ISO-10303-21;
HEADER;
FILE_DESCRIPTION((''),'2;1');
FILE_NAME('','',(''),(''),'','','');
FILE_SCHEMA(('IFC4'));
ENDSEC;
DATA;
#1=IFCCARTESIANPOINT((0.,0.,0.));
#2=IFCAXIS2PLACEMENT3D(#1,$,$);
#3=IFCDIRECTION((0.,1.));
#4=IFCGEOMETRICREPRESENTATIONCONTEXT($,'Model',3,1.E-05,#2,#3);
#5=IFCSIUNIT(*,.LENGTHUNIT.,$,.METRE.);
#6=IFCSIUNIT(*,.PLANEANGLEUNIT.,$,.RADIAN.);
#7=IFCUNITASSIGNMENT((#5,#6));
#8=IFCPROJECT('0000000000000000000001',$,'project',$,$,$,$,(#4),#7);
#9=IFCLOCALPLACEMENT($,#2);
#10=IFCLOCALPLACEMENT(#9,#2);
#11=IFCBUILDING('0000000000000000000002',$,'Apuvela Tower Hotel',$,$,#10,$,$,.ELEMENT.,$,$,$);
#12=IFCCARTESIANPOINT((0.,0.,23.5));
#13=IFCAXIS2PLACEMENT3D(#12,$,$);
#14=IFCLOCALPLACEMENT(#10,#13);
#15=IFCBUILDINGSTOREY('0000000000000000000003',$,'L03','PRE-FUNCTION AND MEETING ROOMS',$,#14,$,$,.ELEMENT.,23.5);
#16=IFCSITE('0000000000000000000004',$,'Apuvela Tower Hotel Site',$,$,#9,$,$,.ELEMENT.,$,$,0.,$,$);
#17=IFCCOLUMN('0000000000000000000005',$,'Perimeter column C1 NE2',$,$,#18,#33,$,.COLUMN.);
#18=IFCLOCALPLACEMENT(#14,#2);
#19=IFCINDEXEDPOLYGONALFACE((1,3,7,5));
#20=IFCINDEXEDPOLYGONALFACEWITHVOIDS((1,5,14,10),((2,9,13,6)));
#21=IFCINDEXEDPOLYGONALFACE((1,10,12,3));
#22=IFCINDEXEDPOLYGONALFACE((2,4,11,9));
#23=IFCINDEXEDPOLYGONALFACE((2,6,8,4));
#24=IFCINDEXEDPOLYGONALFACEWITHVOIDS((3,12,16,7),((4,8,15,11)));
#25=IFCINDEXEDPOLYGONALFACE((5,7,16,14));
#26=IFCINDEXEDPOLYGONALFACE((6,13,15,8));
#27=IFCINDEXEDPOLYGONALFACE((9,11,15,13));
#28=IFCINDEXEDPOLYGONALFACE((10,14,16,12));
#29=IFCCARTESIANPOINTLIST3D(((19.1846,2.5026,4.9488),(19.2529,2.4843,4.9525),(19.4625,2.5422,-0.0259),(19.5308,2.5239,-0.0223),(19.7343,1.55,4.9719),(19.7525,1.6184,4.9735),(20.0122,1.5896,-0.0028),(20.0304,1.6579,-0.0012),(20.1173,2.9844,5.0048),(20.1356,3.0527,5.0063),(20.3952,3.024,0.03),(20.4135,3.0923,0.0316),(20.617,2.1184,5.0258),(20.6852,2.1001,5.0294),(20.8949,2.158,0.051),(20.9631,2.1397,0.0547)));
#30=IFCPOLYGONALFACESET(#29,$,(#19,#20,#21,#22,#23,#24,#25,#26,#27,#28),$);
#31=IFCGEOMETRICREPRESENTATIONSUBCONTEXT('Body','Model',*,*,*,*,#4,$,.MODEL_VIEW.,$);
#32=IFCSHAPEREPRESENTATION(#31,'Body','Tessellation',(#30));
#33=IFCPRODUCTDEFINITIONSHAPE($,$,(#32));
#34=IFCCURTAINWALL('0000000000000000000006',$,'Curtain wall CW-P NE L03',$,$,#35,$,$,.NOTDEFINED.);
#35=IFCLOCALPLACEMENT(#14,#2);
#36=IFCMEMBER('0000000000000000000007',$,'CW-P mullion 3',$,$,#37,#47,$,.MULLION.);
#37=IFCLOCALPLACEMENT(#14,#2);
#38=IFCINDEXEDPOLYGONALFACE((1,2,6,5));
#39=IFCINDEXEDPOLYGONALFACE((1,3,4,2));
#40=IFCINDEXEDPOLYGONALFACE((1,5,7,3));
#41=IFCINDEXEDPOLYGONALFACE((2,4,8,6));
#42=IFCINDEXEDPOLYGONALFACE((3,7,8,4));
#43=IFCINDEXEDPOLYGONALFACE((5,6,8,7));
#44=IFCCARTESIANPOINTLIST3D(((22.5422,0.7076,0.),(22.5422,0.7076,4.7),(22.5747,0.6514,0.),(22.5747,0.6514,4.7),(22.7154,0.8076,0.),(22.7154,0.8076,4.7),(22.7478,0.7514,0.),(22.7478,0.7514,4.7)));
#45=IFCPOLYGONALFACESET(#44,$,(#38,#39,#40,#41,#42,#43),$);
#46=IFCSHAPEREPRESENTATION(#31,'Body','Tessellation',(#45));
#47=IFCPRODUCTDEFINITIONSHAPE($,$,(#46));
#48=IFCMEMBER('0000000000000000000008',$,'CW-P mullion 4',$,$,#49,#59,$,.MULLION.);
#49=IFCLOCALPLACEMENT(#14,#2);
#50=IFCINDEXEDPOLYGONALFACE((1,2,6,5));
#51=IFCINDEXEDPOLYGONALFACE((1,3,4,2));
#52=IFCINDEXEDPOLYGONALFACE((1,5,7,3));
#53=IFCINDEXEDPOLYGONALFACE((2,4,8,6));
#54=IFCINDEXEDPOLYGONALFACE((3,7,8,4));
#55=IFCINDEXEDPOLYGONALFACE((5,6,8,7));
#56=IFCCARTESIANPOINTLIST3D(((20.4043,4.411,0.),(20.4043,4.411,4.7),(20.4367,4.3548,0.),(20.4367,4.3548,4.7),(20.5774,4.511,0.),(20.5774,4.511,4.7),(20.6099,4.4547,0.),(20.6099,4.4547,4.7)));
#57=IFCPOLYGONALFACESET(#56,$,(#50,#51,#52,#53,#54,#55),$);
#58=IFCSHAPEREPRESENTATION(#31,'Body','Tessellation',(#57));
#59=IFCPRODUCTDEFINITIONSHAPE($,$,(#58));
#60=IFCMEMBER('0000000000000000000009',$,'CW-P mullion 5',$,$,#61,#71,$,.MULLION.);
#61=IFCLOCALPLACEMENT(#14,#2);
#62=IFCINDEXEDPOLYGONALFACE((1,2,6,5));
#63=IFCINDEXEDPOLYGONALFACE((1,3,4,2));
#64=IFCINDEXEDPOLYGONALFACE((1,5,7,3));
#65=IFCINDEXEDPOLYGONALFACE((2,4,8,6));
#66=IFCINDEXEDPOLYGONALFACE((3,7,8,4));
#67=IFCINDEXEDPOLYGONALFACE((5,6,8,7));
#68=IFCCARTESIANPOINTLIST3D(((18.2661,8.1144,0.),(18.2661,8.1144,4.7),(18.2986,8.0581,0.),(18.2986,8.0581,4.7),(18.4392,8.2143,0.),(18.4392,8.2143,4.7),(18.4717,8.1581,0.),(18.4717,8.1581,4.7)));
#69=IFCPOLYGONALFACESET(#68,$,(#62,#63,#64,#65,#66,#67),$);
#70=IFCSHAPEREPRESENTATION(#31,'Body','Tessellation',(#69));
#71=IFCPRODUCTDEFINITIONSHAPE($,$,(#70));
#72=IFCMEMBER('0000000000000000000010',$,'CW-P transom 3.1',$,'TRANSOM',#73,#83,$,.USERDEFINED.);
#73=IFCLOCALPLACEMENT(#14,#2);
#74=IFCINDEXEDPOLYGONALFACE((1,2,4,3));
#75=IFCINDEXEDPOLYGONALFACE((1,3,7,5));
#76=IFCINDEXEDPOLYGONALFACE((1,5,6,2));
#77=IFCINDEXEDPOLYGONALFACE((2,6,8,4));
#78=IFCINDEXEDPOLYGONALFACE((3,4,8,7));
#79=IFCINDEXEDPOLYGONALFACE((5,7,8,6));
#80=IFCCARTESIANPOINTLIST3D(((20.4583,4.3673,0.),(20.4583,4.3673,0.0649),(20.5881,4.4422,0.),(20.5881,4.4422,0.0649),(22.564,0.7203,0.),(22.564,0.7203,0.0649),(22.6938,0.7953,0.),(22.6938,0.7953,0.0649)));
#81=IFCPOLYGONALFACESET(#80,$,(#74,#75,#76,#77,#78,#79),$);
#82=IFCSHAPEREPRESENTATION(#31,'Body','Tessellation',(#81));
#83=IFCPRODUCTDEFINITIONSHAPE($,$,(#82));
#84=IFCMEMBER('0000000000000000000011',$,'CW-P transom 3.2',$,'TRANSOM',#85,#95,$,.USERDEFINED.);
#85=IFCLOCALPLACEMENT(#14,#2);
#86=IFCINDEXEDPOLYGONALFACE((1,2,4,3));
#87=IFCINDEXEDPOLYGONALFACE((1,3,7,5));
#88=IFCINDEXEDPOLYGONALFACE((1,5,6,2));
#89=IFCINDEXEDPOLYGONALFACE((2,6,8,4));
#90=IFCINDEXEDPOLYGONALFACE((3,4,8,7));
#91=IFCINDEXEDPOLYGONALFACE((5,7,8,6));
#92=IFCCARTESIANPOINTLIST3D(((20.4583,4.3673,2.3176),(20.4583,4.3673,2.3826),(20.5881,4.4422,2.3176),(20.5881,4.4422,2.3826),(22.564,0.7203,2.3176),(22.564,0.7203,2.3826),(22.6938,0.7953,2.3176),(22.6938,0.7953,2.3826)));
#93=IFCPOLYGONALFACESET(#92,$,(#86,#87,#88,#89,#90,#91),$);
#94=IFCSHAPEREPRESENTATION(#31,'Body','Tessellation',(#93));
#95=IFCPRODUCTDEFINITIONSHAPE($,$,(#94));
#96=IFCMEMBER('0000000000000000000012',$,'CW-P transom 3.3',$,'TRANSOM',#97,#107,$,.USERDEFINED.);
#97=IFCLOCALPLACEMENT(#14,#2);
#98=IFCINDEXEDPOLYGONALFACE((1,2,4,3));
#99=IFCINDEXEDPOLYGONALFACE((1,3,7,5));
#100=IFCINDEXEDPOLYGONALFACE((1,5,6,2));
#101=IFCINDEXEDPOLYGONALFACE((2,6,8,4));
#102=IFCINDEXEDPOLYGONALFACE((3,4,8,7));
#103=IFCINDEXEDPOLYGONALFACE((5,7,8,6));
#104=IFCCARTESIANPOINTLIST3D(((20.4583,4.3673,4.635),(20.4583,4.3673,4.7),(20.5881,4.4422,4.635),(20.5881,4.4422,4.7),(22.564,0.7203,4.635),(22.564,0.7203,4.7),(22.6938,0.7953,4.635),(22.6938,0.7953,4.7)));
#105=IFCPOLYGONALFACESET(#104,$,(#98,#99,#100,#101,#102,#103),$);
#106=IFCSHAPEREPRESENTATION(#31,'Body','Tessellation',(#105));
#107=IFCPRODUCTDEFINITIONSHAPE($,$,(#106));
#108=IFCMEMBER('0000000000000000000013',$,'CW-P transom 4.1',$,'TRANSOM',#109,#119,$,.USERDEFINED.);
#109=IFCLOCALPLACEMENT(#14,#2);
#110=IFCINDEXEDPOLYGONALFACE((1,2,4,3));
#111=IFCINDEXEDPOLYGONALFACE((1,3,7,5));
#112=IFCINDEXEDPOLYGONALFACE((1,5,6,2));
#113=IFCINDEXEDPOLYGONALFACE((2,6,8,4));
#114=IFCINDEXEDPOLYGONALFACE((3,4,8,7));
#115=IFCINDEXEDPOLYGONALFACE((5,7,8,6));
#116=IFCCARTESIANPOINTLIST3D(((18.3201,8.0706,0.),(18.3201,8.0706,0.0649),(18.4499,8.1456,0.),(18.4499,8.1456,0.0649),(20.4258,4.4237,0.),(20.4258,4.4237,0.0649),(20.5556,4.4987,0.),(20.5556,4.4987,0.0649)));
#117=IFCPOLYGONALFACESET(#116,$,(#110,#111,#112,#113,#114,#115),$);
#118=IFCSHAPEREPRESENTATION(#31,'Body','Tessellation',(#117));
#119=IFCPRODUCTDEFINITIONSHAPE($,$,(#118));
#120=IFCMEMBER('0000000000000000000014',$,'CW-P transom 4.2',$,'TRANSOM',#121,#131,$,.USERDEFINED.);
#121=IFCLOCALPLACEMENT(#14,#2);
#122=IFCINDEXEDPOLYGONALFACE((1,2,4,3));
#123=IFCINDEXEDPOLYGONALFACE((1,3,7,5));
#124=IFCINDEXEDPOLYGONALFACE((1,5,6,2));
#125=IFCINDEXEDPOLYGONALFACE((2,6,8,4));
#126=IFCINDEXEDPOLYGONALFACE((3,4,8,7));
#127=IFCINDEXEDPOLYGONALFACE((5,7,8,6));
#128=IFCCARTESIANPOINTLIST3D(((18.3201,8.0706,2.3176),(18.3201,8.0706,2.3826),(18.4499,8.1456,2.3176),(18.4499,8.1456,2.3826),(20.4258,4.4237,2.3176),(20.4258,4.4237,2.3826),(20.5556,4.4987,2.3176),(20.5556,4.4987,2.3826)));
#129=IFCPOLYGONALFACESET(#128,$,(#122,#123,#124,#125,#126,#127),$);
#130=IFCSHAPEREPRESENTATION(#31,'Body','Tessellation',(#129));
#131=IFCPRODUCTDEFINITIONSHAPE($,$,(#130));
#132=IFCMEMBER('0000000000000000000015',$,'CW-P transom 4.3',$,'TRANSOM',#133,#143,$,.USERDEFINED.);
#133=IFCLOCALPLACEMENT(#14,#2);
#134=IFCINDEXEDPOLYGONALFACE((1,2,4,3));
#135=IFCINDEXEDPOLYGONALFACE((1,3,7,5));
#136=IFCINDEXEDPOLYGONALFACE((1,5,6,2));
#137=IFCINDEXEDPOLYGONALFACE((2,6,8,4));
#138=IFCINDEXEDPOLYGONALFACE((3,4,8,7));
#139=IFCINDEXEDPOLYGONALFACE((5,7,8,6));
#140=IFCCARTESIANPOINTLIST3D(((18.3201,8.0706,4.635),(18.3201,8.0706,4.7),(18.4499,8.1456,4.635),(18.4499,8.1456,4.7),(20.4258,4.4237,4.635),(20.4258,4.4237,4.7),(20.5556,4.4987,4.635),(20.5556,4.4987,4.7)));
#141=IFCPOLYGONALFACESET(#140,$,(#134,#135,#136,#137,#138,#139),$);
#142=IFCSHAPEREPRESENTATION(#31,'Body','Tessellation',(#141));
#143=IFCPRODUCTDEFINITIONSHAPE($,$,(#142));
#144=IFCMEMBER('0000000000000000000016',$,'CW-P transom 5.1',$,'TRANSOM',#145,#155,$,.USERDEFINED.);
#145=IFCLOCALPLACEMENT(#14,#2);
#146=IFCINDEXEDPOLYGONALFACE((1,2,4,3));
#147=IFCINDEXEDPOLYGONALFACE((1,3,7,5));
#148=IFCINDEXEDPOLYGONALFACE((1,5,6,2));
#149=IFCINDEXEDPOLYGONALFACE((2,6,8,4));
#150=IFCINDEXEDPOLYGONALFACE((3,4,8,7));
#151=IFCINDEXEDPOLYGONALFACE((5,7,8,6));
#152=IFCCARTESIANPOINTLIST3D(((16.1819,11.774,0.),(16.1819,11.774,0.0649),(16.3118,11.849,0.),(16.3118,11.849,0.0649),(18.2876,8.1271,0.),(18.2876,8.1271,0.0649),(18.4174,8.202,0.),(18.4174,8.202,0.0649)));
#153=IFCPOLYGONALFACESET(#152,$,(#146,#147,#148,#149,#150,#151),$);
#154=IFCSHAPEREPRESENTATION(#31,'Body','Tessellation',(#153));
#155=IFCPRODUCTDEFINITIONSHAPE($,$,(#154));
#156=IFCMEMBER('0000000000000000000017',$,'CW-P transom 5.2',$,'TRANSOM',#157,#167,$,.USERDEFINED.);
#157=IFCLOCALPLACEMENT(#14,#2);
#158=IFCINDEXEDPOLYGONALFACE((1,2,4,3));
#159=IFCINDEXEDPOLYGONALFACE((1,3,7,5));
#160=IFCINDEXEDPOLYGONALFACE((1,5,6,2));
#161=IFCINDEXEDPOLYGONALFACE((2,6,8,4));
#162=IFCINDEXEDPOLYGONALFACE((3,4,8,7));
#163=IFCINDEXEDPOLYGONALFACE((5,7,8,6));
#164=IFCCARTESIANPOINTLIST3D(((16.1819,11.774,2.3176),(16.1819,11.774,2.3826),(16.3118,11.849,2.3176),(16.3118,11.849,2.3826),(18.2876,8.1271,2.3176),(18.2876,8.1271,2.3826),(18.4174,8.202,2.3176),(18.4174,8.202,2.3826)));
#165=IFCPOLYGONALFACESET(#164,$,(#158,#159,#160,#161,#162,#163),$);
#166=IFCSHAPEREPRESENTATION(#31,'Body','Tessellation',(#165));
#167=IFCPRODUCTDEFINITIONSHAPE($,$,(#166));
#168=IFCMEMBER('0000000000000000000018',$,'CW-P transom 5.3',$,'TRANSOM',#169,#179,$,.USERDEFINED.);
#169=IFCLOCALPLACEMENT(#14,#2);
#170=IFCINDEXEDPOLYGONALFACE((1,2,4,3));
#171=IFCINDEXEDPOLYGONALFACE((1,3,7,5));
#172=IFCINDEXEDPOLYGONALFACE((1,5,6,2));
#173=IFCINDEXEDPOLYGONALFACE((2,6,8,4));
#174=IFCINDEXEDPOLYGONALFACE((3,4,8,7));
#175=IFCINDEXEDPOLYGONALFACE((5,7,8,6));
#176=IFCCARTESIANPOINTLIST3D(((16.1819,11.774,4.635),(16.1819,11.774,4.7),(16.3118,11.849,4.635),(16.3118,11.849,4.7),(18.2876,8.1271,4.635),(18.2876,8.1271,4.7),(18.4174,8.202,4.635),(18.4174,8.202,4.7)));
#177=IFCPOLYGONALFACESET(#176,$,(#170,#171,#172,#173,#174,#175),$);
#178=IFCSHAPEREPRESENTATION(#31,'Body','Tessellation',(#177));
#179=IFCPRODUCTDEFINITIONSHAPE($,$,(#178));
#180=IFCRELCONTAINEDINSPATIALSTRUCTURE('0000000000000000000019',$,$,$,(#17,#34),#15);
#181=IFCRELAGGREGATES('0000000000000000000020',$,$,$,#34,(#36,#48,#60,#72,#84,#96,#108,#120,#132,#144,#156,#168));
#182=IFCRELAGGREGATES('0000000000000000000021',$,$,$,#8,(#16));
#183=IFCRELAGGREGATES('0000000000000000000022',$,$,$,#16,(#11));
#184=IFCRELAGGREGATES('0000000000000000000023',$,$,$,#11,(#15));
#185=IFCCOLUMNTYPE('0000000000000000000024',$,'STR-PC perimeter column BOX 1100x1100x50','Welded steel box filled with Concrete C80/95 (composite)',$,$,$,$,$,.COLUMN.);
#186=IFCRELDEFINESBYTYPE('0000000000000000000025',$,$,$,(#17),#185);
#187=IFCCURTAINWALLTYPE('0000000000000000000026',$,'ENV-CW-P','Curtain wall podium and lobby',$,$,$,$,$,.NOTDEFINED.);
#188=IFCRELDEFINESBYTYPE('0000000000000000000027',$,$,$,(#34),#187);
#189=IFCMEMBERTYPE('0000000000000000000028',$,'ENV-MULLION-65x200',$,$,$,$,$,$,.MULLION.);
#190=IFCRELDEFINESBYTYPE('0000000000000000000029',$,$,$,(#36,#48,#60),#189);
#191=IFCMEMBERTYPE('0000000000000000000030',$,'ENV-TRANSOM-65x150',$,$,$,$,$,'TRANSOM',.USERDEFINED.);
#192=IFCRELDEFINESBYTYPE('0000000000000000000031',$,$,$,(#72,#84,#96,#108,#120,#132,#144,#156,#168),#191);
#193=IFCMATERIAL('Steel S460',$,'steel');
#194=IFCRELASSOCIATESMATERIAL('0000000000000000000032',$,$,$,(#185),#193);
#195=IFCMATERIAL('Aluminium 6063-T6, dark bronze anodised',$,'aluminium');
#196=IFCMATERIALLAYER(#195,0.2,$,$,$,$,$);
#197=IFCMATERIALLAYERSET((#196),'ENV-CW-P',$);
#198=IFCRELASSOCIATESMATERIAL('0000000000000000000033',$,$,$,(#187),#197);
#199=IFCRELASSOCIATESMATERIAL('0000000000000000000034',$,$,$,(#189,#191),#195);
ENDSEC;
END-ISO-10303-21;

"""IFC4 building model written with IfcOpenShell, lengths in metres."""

from ifc_helpers import new_model, si_unit, direction, frame, origin, origin_2d, place, context, subcontext, project, spatial, rectangle, hollow_rectangle, extrude, boolean, halfspace, material, layer, layer_set, material_profile, profile_set, type_object, element, aggregate, save


model = new_model("IFC4")

# Units and contexts
model_context = context("Model", 3, precision=1e-05, world=origin(), true_north=direction((0.0, 1.0)))
body_context = subcontext(model_context, "Body", "Model", "MODEL_VIEW")
ifc_project = project(units=[si_unit("LENGTHUNIT", "METRE"), si_unit("PLANEANGLEUNIT", "RADIAN")], contexts=[model_context])

# Site, building, storey
site_placement = place(None, origin())
site = spatial("IfcSite", under=ifc_project, at=site_placement, Name="Apuvela Tower Hotel Site", CompositionType="ELEMENT", RefElevation=0.0)
building_placement = place(site_placement, origin())
building = spatial("IfcBuilding", under=site, at=building_placement, Name="Apuvela Tower Hotel", CompositionType="ELEMENT")
storey_placement = place(building_placement, frame((0.0, 0.0, 23.5)))
storey = spatial("IfcBuildingStorey", under=building, at=storey_placement, Name="L03", Description="PRE-FUNCTION AND MEETING ROOMS", CompositionType="ELEMENT", Elevation=23.5)

# Column
ifc_material_1 = material(Name="Steel S460", Category="steel")
ifc_material_profile_1 = material_profile(ifc_material_1, hollow_rectangle(XDim=1.1001, YDim=1.1001, WallThickness=0.05, at=origin_2d()), Name="BOX 1100x1100x50")
ifc_material_2 = material(Name="Concrete C80/95", Category="concrete")
ifc_material_profile_2 = material_profile(ifc_material_2, rectangle(XDim=1.0, YDim=1.0, at=origin_2d()), Name="Concrete C80/95 infill")
ifc_profile_set_1 = profile_set([ifc_material_profile_1, ifc_material_profile_2], Name="Steel S460")
column_type = type_object("IfcColumnType", Name="STR-PC perimeter column BOX 1100x1100x50", Description="Welded steel box filled with Concrete C80/95 (composite)", PredefinedType="COLUMN", material=ifc_profile_set_1)
column_placement = place(storey_placement, frame((20.2136, 2.3411, 0.0), z_axis=(-0.055771, -0.007946, 0.998412), x_axis=(0.499656, -0.865969, 0.021018)))
element("IfcColumn", 1, at=column_placement, inside=storey, type_object=column_type, Name="Perimeter column C1 NE2", PredefinedType="COLUMN", context=body_context, shape_type="SweptSolid", body=[
    boolean("DIFFERENCE", boolean("DIFFERENCE", extrude(hollow_rectangle(XDim=1.1001, YDim=1.1001, WallThickness=0.05, at=origin_2d()), origin(), (0.0, 0.0, 1.0), 5.0081), halfspace(frame((0.0, 0.0, 0.0144), z_axis=(0.0, 0.0, 1.0), x_axis=(1.0, 0.0, 0.0)), True)), halfspace(frame((0.0, 0.0, 4.9971), z_axis=(0.0, 0.0, 1.0), x_axis=(1.0, 0.0, 0.0)), False)),
])

# Curtain wall, members
ifc_material_3 = material(Name="Aluminium 6063-T6, dark bronze anodised", Category="aluminium")
ifc_layer_1 = layer(ifc_material_3, 0.2)
ifc_layer_set_1 = layer_set([ifc_layer_1], Name="ENV-CW-P")
curtain_wall_type = type_object("IfcCurtainWallType", Name="ENV-CW-P", Description="Curtain wall podium and lobby", PredefinedType="NOTDEFINED", material=ifc_layer_set_1)
curtain_wall_placement = place(storey_placement, origin())
curtain_wall = element("IfcCurtainWall", 2, at=curtain_wall_placement, inside=storey, type_object=curtain_wall_type, Name="Curtain wall CW-P NE L03", PredefinedType="NOTDEFINED")
ifc_material_profile_3 = material_profile(ifc_material_3, rectangle(XDim=0.2, YDim=0.0649, at=origin_2d()), Name="AL 65x200")
ifc_profile_set_2 = profile_set([ifc_material_profile_3], Name="Aluminium 6063-T6, dark bronze anodised")
member_type_1 = type_object("IfcMemberType", Name="ENV-MULLION-65x200", PredefinedType="MULLION", material=ifc_profile_set_2)
member_1_placement = place(storey_placement, frame((22.645, 0.7295, 0.0), z_axis=(0.0, 0.0, 1.0), x_axis=(-0.866026, -0.5, 0.0)))
member_1 = element("IfcMember", 3, at=member_1_placement, type_object=member_type_1, Name="CW-P mullion 3", PredefinedType="MULLION", context=body_context, shape_type="SweptSolid", body=[
    extrude(rectangle(XDim=0.2, YDim=0.0649, at=origin_2d()), origin(), (0.0, 0.0, 1.0), 4.7),
])
member_2_placement = place(storey_placement, frame((20.5071, 4.4329, 0.0), z_axis=(0.0, 0.0, 1.0), x_axis=(-0.866026, -0.5, 0.0)))
member_2 = element("IfcMember", 4, at=member_2_placement, type_object=member_type_1, Name="CW-P mullion 4", PredefinedType="MULLION", context=body_context, shape_type="SweptSolid", body=[
    extrude(rectangle(XDim=0.2, YDim=0.0649, at=origin_2d()), origin(), (0.0, 0.0, 1.0), 4.7),
])
member_3_placement = place(storey_placement, frame((18.3689, 8.1362, 0.0), z_axis=(0.0, 0.0, 1.0), x_axis=(-0.866026, -0.5, 0.0)))
member_3 = element("IfcMember", 5, at=member_3_placement, type_object=member_type_1, Name="CW-P mullion 5", PredefinedType="MULLION", context=body_context, shape_type="SweptSolid", body=[
    extrude(rectangle(XDim=0.2, YDim=0.0649, at=origin_2d()), origin(), (0.0, 0.0, 1.0), 4.7),
])
ifc_material_profile_4 = material_profile(ifc_material_3, rectangle(XDim=0.1499, YDim=0.0649, at=origin_2d()), Name="AL 65x150 transom")
ifc_profile_set_3 = profile_set([ifc_material_profile_4], Name="Aluminium 6063-T6, dark bronze anodised")
member_type_2 = type_object("IfcMemberType", Name="ENV-TRANSOM-65x150", ElementType="TRANSOM", PredefinedType="USERDEFINED", material=ifc_profile_set_3)
member_4_placement = place(storey_placement, frame((22.6289, 0.7578, 0.0325), z_axis=(-0.500024, 0.866012, 0.0), x_axis=(-0.866012, -0.500024, 0.0)))
member_4 = element("IfcMember", 6, at=member_4_placement, type_object=member_type_2, Name="CW-P transom 3.1", ObjectType="TRANSOM", PredefinedType="USERDEFINED", context=body_context, shape_type="SweptSolid", body=[
    extrude(rectangle(XDim=0.1499, YDim=0.0649, at=origin_2d()), origin(), (0.0, 0.0, 1.0), 4.2112),
])
member_5_placement = place(storey_placement, frame((22.6289, 0.7578, 2.3501), z_axis=(-0.500024, 0.866012, 0.0), x_axis=(-0.866012, -0.500024, 0.0)))
member_5 = element("IfcMember", 7, at=member_5_placement, type_object=member_type_2, Name="CW-P transom 3.2", ObjectType="TRANSOM", PredefinedType="USERDEFINED", context=body_context, shape_type="SweptSolid", body=[
    extrude(rectangle(XDim=0.1499, YDim=0.0649, at=origin_2d()), origin(), (0.0, 0.0, 1.0), 4.2112),
])
member_6_placement = place(storey_placement, frame((22.6289, 0.7578, 4.6675), z_axis=(-0.500024, 0.866012, 0.0), x_axis=(-0.866012, -0.500024, 0.0)))
member_6 = element("IfcMember", 8, at=member_6_placement, type_object=member_type_2, Name="CW-P transom 3.3", ObjectType="TRANSOM", PredefinedType="USERDEFINED", context=body_context, shape_type="SweptSolid", body=[
    extrude(rectangle(XDim=0.1499, YDim=0.0649, at=origin_2d()), origin(), (0.0, 0.0, 1.0), 4.2112),
])
member_7_placement = place(storey_placement, frame((20.4907, 4.4612, 0.0325), z_axis=(-0.500024, 0.866012, 0.0), x_axis=(-0.866012, -0.500024, 0.0)))
member_7 = element("IfcMember", 9, at=member_7_placement, type_object=member_type_2, Name="CW-P transom 4.1", ObjectType="TRANSOM", PredefinedType="USERDEFINED", context=body_context, shape_type="SweptSolid", body=[
    extrude(rectangle(XDim=0.1499, YDim=0.0649, at=origin_2d()), origin(), (0.0, 0.0, 1.0), 4.2112),
])
member_8_placement = place(storey_placement, frame((20.4907, 4.4612, 2.3501), z_axis=(-0.500024, 0.866012, 0.0), x_axis=(-0.866012, -0.500024, 0.0)))
member_8 = element("IfcMember", 10, at=member_8_placement, type_object=member_type_2, Name="CW-P transom 4.2", ObjectType="TRANSOM", PredefinedType="USERDEFINED", context=body_context, shape_type="SweptSolid", body=[
    extrude(rectangle(XDim=0.1499, YDim=0.0649, at=origin_2d()), origin(), (0.0, 0.0, 1.0), 4.2112),
])
member_9_placement = place(storey_placement, frame((20.4907, 4.4612, 4.6675), z_axis=(-0.500024, 0.866012, 0.0), x_axis=(-0.866012, -0.500024, 0.0)))
member_9 = element("IfcMember", 11, at=member_9_placement, type_object=member_type_2, Name="CW-P transom 4.3", ObjectType="TRANSOM", PredefinedType="USERDEFINED", context=body_context, shape_type="SweptSolid", body=[
    extrude(rectangle(XDim=0.1499, YDim=0.0649, at=origin_2d()), origin(), (0.0, 0.0, 1.0), 4.2112),
])
member_10_placement = place(storey_placement, frame((18.3525, 8.1646, 0.0325), z_axis=(-0.500024, 0.866012, 0.0), x_axis=(-0.866012, -0.500024, 0.0)))
member_10 = element("IfcMember", 12, at=member_10_placement, type_object=member_type_2, Name="CW-P transom 5.1", ObjectType="TRANSOM", PredefinedType="USERDEFINED", context=body_context, shape_type="SweptSolid", body=[
    extrude(rectangle(XDim=0.1499, YDim=0.0649, at=origin_2d()), origin(), (0.0, 0.0, 1.0), 4.2112),
])
member_11_placement = place(storey_placement, frame((18.3525, 8.1646, 2.3501), z_axis=(-0.500024, 0.866012, 0.0), x_axis=(-0.866012, -0.500024, 0.0)))
member_11 = element("IfcMember", 13, at=member_11_placement, type_object=member_type_2, Name="CW-P transom 5.2", ObjectType="TRANSOM", PredefinedType="USERDEFINED", context=body_context, shape_type="SweptSolid", body=[
    extrude(rectangle(XDim=0.1499, YDim=0.0649, at=origin_2d()), origin(), (0.0, 0.0, 1.0), 4.2112),
])
member_12_placement = place(storey_placement, frame((18.3525, 8.1646, 4.6675), z_axis=(-0.500024, 0.866012, 0.0), x_axis=(-0.866012, -0.500024, 0.0)))
member_12 = element("IfcMember", 14, at=member_12_placement, type_object=member_type_2, Name="CW-P transom 5.3", ObjectType="TRANSOM", PredefinedType="USERDEFINED", context=body_context, shape_type="SweptSolid", body=[
    extrude(rectangle(XDim=0.1499, YDim=0.0649, at=origin_2d()), origin(), (0.0, 0.0, 1.0), 4.2112),
])

aggregate(curtain_wall, [member_1, member_2, member_3, member_4, member_5, member_6, member_7, member_8, member_9, member_10, member_11, member_12])

save(model, "model.ifc")
